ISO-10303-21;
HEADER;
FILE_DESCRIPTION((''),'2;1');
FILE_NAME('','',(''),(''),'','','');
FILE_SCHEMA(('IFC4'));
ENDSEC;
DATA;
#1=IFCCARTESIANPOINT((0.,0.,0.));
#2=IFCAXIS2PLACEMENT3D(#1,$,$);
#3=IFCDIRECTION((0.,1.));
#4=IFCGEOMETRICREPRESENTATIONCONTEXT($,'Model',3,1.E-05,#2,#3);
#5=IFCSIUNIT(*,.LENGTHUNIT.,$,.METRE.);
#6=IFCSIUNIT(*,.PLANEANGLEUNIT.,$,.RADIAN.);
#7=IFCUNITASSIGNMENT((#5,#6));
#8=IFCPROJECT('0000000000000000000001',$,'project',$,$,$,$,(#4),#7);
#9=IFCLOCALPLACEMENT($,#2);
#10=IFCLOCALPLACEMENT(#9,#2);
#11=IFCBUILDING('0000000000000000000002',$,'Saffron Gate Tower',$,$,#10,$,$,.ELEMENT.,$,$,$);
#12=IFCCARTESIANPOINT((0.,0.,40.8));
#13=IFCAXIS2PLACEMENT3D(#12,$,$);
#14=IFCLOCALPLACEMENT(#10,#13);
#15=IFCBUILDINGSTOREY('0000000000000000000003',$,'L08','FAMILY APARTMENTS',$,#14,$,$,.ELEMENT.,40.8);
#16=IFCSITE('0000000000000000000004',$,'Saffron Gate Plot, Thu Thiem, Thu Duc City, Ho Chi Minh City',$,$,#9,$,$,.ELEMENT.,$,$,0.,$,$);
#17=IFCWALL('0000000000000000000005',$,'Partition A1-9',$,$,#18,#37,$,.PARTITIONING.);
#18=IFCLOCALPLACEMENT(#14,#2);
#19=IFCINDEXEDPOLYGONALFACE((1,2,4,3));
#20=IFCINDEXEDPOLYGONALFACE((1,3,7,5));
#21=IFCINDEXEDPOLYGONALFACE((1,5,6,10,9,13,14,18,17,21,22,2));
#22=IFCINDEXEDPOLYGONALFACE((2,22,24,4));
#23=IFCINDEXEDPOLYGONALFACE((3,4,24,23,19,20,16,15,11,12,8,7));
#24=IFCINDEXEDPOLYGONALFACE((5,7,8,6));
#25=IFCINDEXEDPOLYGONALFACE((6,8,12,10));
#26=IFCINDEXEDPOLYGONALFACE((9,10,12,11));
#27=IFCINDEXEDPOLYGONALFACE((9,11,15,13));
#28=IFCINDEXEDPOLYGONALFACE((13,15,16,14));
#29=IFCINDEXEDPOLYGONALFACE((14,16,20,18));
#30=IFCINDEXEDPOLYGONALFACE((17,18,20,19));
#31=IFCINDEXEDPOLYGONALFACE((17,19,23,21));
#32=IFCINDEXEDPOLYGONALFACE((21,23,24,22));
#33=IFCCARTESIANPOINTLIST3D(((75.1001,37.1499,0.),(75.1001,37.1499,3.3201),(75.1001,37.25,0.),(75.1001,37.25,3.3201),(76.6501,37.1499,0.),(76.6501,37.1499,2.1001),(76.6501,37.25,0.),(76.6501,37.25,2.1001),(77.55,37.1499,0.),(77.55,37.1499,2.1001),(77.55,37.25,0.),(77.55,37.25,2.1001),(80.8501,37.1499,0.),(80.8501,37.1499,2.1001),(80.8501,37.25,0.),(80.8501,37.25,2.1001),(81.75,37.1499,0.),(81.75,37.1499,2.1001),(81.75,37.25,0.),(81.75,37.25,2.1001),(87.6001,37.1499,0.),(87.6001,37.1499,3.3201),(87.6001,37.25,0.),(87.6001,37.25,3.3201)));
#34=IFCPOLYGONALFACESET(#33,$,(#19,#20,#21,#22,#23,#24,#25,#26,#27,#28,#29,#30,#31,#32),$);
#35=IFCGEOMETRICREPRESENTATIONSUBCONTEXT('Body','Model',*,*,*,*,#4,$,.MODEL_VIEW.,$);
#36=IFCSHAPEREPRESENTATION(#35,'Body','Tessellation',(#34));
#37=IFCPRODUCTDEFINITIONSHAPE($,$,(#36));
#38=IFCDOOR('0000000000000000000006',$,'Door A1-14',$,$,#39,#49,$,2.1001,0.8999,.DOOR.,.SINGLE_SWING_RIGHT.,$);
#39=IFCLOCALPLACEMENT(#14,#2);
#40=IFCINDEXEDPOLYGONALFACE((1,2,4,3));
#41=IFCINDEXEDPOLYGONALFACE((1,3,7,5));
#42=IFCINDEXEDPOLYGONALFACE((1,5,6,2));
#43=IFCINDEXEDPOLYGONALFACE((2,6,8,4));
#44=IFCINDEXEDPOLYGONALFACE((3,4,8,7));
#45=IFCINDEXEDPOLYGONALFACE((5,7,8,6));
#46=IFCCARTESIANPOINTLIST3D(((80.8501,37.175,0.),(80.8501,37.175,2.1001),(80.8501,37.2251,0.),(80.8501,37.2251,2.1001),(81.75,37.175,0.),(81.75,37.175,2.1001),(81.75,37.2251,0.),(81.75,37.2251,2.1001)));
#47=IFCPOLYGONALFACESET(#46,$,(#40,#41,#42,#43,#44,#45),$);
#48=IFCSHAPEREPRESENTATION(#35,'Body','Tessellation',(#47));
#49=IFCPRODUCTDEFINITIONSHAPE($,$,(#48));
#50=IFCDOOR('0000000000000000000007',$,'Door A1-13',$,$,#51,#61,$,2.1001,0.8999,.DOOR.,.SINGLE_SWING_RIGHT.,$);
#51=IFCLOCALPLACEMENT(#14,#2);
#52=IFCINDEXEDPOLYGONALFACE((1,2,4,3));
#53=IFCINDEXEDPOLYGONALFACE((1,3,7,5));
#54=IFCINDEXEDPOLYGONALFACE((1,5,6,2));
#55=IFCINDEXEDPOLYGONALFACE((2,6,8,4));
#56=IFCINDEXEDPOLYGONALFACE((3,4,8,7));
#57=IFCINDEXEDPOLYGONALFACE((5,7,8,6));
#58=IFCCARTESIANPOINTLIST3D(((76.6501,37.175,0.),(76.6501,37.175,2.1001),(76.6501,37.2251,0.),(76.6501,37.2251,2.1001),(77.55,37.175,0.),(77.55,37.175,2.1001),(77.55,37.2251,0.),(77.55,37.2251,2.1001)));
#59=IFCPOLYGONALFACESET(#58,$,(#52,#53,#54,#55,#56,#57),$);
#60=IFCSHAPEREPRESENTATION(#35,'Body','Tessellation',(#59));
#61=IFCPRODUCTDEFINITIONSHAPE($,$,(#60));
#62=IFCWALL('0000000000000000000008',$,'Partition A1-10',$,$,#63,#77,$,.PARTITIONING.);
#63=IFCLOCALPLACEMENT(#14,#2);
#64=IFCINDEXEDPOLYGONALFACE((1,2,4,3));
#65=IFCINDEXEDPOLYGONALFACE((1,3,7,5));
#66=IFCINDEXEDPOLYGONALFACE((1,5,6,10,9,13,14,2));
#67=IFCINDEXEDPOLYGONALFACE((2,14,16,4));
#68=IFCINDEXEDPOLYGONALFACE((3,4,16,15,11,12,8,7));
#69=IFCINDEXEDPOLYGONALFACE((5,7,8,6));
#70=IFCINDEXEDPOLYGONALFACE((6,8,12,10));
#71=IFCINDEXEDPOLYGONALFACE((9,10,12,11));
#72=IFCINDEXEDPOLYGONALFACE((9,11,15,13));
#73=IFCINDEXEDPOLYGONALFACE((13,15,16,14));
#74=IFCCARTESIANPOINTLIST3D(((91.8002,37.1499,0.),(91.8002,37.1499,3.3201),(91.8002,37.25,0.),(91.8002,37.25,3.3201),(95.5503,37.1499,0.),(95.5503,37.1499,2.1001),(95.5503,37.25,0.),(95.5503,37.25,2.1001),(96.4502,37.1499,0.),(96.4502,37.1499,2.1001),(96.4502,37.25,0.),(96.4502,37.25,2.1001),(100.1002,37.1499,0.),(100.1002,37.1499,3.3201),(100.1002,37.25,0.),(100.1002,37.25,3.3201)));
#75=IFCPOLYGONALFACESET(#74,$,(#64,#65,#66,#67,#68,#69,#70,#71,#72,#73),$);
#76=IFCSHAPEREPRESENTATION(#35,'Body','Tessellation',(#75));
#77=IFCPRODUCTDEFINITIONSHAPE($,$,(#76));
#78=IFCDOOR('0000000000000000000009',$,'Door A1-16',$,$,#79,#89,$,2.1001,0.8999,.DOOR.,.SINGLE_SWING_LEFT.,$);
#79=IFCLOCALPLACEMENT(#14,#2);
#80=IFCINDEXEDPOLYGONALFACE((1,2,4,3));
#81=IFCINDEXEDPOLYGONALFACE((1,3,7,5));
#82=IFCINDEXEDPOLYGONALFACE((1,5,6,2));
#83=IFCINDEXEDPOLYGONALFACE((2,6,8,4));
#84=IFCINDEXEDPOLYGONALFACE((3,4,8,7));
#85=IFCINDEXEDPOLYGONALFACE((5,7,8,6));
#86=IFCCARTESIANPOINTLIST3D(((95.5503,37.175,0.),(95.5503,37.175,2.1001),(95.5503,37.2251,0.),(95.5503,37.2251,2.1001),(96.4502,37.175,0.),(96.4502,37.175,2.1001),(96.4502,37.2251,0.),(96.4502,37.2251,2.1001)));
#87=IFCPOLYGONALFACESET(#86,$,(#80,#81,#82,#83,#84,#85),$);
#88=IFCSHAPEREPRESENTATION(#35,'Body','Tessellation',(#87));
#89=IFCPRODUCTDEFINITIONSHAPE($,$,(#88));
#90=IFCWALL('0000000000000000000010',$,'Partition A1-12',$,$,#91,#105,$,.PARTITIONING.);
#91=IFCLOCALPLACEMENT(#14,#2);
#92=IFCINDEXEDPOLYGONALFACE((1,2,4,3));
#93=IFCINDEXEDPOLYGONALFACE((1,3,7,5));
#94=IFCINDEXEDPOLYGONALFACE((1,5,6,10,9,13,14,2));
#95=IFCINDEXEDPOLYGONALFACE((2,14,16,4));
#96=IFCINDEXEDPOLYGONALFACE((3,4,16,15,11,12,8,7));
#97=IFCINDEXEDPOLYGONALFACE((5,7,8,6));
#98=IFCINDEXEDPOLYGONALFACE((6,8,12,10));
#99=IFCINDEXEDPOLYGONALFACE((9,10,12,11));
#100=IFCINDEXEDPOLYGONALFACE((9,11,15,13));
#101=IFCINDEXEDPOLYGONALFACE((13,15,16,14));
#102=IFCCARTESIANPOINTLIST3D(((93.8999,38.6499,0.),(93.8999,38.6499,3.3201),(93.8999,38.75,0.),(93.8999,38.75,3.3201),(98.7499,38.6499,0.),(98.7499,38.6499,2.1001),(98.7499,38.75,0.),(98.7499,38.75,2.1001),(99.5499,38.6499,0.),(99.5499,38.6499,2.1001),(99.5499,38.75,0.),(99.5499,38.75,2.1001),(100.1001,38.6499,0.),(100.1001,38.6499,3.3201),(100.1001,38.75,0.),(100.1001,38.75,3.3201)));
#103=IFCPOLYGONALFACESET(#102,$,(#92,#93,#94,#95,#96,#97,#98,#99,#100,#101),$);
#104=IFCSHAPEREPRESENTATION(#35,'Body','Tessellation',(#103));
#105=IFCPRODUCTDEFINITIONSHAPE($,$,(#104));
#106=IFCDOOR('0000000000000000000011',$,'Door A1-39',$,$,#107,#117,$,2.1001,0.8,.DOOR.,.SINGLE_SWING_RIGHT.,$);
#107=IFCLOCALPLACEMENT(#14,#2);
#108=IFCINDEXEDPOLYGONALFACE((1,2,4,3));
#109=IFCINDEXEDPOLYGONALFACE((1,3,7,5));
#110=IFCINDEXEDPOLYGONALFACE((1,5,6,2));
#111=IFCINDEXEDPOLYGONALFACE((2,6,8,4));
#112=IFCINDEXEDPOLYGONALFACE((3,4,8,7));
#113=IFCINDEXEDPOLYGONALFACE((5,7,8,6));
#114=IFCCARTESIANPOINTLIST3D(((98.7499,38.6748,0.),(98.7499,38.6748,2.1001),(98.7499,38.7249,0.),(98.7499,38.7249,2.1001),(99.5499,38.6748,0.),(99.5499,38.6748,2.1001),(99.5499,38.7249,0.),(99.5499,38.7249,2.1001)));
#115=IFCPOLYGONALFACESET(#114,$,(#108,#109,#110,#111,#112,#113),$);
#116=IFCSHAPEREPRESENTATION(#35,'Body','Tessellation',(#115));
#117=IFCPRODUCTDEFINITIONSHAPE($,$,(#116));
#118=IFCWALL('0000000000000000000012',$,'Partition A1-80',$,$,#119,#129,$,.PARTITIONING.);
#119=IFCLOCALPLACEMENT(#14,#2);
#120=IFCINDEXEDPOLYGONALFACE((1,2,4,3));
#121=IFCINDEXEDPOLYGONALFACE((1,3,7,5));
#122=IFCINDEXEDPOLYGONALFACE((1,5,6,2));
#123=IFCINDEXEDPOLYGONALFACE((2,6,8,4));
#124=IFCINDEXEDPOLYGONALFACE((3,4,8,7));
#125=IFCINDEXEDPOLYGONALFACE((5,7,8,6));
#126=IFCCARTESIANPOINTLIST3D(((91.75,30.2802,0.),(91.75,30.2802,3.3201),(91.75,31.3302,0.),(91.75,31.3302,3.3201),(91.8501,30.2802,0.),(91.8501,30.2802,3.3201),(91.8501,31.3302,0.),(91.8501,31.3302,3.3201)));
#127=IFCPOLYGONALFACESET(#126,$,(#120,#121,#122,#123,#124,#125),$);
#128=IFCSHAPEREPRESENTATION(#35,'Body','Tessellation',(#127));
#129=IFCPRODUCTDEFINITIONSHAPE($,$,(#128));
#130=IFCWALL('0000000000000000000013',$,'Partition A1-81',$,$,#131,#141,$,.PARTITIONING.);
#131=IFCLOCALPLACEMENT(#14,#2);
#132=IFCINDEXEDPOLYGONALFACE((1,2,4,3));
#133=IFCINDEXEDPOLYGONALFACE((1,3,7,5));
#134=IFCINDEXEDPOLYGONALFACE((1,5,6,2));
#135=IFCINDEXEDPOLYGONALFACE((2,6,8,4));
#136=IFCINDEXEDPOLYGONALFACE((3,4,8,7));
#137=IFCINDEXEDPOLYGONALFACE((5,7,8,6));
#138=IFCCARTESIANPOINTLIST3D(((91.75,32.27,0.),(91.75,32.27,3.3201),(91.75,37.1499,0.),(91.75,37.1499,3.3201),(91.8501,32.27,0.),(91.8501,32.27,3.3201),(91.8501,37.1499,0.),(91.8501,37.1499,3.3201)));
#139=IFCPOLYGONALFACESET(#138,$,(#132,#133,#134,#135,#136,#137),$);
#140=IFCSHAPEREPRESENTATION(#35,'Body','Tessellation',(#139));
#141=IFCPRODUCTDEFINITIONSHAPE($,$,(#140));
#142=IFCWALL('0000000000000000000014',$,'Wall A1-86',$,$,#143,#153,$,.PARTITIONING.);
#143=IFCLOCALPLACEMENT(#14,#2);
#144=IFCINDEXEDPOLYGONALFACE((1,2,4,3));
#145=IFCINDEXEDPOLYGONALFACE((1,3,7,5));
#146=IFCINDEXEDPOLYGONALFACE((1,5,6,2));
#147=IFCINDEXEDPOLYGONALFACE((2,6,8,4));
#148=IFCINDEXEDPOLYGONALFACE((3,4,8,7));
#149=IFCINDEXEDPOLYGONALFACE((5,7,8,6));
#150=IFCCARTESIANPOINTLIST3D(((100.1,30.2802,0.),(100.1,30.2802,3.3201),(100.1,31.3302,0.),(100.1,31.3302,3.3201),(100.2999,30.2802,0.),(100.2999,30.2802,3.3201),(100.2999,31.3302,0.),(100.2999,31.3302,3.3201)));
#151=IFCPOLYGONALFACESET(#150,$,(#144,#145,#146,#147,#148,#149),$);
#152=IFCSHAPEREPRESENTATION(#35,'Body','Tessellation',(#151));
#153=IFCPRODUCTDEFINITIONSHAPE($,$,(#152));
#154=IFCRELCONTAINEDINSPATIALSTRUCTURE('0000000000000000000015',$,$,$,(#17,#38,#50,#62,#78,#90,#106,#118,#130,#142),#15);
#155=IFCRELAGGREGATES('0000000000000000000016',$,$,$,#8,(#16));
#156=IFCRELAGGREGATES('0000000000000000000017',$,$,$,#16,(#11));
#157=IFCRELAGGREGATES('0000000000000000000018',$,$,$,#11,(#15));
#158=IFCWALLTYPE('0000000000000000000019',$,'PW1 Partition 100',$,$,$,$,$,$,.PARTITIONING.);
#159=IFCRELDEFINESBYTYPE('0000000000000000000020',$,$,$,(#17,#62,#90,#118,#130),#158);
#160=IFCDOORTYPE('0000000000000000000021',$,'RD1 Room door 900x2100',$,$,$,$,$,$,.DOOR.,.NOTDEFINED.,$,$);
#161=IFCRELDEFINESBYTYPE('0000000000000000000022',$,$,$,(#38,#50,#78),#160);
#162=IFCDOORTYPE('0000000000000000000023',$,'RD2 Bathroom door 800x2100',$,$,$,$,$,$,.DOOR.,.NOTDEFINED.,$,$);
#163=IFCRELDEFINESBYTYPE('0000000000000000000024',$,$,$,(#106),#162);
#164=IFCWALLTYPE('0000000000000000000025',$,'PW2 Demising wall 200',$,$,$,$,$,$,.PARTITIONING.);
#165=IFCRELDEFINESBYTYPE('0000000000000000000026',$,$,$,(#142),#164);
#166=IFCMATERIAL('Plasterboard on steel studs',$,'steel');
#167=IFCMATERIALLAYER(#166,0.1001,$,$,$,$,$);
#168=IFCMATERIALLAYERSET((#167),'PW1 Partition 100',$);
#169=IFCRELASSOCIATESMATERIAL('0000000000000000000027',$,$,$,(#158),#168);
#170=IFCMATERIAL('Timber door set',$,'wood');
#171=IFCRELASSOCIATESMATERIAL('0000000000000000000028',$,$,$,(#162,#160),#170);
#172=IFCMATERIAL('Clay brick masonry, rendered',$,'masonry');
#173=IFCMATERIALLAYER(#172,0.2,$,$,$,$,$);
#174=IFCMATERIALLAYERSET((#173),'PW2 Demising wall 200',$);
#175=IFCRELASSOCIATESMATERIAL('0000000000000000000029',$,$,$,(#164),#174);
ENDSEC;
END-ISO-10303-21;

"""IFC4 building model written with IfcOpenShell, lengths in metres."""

from ifc_helpers import new_model, si_unit, direction, frame, frame_2d, origin, place, context, subcontext, project, spatial, rectangle, extrude, material, layer, layer_set, type_object, element, fill, save


model = new_model("IFC4")

# Units and contexts
model_context = context("Model", 3, precision=1e-05, world=origin(), true_north=direction((0.0, 1.0)))
body_context = subcontext(model_context, "Body", "Model", "MODEL_VIEW")
ifc_project = project(units=[si_unit("LENGTHUNIT", "METRE"), si_unit("PLANEANGLEUNIT", "RADIAN")], contexts=[model_context])

# Site, building, storey
site_placement = place(None, origin())
site = spatial("IfcSite", under=ifc_project, at=site_placement, Name="Saffron Gate Plot, Thu Thiem, Thu Duc City, Ho Chi Minh City", CompositionType="ELEMENT", RefElevation=0.0)
building_placement = place(site_placement, origin())
building = spatial("IfcBuilding", under=site, at=building_placement, Name="Saffron Gate Tower", CompositionType="ELEMENT")
storey_placement = place(building_placement, frame((0.0, 0.0, 40.8)))
storey = spatial("IfcBuildingStorey", under=building, at=storey_placement, Name="L08", Description="FAMILY APARTMENTS", CompositionType="ELEMENT", Elevation=40.8)

# Wall, openings, doors
ifc_material_1 = material(Name="Plasterboard on steel studs", Category="steel")
ifc_layer_1 = layer(ifc_material_1, 0.1001)
ifc_layer_set_1 = layer_set([ifc_layer_1], Name="PW1 Partition 100")
wall_type_1 = type_object("IfcWallType", Name="PW1 Partition 100", PredefinedType="PARTITIONING", material=ifc_layer_set_1)
ifc_material_2 = material(Name="Timber door set", Category="wood")
door_type_1 = type_object("IfcDoorType", Name="RD2 Bathroom door 800x2100", OperationType="NOTDEFINED", PredefinedType="DOOR", material=ifc_material_2)
wall_1_placement = place(storey_placement, frame((87.6001, 37.2, 0.0), z_axis=(0.0, 0.0, 1.0), x_axis=(-1.0, 0.0, 0.0)))
wall_1 = element("IfcWall", 1, at=wall_1_placement, inside=storey, type_object=wall_type_1, Name="Partition A1-9", PredefinedType="PARTITIONING", context=body_context, shape_type="SweptSolid", body=[
    extrude(rectangle(XDim=12.5, YDim=0.1001, at=frame_2d((6.25, 0.0))), origin(), (0.0, 0.0, 1.0), 3.3201),
])
opening_1_placement = place(wall_1_placement, frame((5.8501, 0.0, 0.0)))
opening_1 = element("IfcOpeningElement", 2, at=opening_1_placement, cuts=wall_1, PredefinedType="OPENING", context=body_context, shape_type="SweptSolid", body=[
    extrude(rectangle(XDim=0.8999, YDim=2.1001, at=frame_2d((0.45, 1.05))), frame((0.0, 0.0601, 0.0), z_axis=(0.0, -1.0, 0.0), x_axis=(1.0, 0.0, 0.0)), (0.0, 0.0, 1.0), 0.1201),
])
opening_2_placement = place(wall_1_placement, frame((10.05, 0.0, 0.0)))
opening_2 = element("IfcOpeningElement", 3, at=opening_2_placement, cuts=wall_1, PredefinedType="OPENING", context=body_context, shape_type="SweptSolid", body=[
    extrude(rectangle(XDim=0.8999, YDim=2.1001, at=frame_2d((0.45, 1.05))), frame((0.0, 0.0601, 0.0), z_axis=(0.0, -1.0, 0.0), x_axis=(1.0, 0.0, 0.0)), (0.0, 0.0, 1.0), 0.1201),
])
door_type_2 = type_object("IfcDoorType", Name="RD1 Room door 900x2100", OperationType="NOTDEFINED", PredefinedType="DOOR", material=ifc_material_2)
door_1_placement = place(opening_1_placement, origin())
door_1 = element("IfcDoor", 4, at=door_1_placement, inside=storey, type_object=door_type_2, Name="Door A1-14", OperationType="SINGLE_SWING_RIGHT", OverallHeight=2.1001, OverallWidth=0.8999, PredefinedType="DOOR", context=body_context, shape_type="SweptSolid", body=[
    extrude(rectangle(XDim=0.8999, YDim=2.1001, at=frame_2d((0.45, 1.05))), frame((0.0, 0.0249, 0.0), z_axis=(0.0, -1.0, 0.0), x_axis=(1.0, 0.0, 0.0)), (0.0, 0.0, 1.0), 0.05),
])
fill(opening_1, door_1)
door_2_placement = place(opening_2_placement, origin())
door_2 = element("IfcDoor", 5, at=door_2_placement, inside=storey, type_object=door_type_2, Name="Door A1-13", OperationType="SINGLE_SWING_RIGHT", OverallHeight=2.1001, OverallWidth=0.8999, PredefinedType="DOOR", context=body_context, shape_type="SweptSolid", body=[
    extrude(rectangle(XDim=0.8999, YDim=2.1001, at=frame_2d((0.45, 1.05))), frame((0.0, 0.0249, 0.0), z_axis=(0.0, -1.0, 0.0), x_axis=(1.0, 0.0, 0.0)), (0.0, 0.0, 1.0), 0.05),
])
fill(opening_2, door_2)

# Walls, openings, doors
wall_2_placement = place(storey_placement, frame((100.1001, 37.2, 0.0), z_axis=(0.0, 0.0, 1.0), x_axis=(-1.0, 0.0, 0.0)))
wall_2 = element("IfcWall", 6, at=wall_2_placement, inside=storey, type_object=wall_type_1, Name="Partition A1-10", PredefinedType="PARTITIONING", context=body_context, shape_type="SweptSolid", body=[
    extrude(rectangle(XDim=8.3, YDim=0.1001, at=frame_2d((4.1499, 0.0))), origin(), (0.0, 0.0, 1.0), 3.3201),
])
opening_3_placement = place(wall_2_placement, frame((3.6499, 0.0, 0.0)))
opening_3 = element("IfcOpeningElement", 7, at=opening_3_placement, cuts=wall_2, PredefinedType="OPENING", context=body_context, shape_type="SweptSolid", body=[
    extrude(rectangle(XDim=0.8999, YDim=2.1001, at=frame_2d((0.45, 1.05))), frame((0.0, 0.0601, 0.0), z_axis=(0.0, -1.0, 0.0), x_axis=(1.0, 0.0, 0.0)), (0.0, 0.0, 1.0), 0.1201),
])
door_3_placement = place(opening_3_placement, origin())
door_3 = element("IfcDoor", 8, at=door_3_placement, inside=storey, type_object=door_type_2, Name="Door A1-16", OperationType="SINGLE_SWING_LEFT", OverallHeight=2.1001, OverallWidth=0.8999, PredefinedType="DOOR", context=body_context, shape_type="SweptSolid", body=[
    extrude(rectangle(XDim=0.8999, YDim=2.1001, at=frame_2d((0.45, 1.05))), frame((0.0, 0.0249, 0.0), z_axis=(0.0, -1.0, 0.0), x_axis=(1.0, 0.0, 0.0)), (0.0, 0.0, 1.0), 0.05),
])
fill(opening_3, door_3)
wall_3_placement = place(storey_placement, frame((93.8999, 38.7, 0.0), z_axis=(0.0, 0.0, 1.0), x_axis=(1.0, 0.0, 0.0)))
wall_3 = element("IfcWall", 9, at=wall_3_placement, inside=storey, type_object=wall_type_1, Name="Partition A1-12", PredefinedType="PARTITIONING", context=body_context, shape_type="SweptSolid", body=[
    extrude(rectangle(XDim=6.2002, YDim=0.1001, at=frame_2d((3.1001, 0.0))), origin(), (0.0, 0.0, 1.0), 3.3201),
])
opening_4_placement = place(wall_3_placement, frame((4.8501, 0.0, 0.0)))
opening_4 = element("IfcOpeningElement", 10, at=opening_4_placement, cuts=wall_3, PredefinedType="OPENING", context=body_context, shape_type="SweptSolid", body=[
    extrude(rectangle(XDim=0.8, YDim=2.1001, at=frame_2d((0.3999, 1.05))), frame((0.0, 0.0601, 0.0), z_axis=(0.0, -1.0, 0.0), x_axis=(1.0, 0.0, 0.0)), (0.0, 0.0, 1.0), 0.1201),
])
door_4_placement = place(opening_4_placement, origin())
door_4 = element("IfcDoor", 11, at=door_4_placement, inside=storey, type_object=door_type_1, Name="Door A1-39", OperationType="SINGLE_SWING_RIGHT", OverallHeight=2.1001, OverallWidth=0.8, PredefinedType="DOOR", context=body_context, shape_type="SweptSolid", body=[
    extrude(rectangle(XDim=0.8, YDim=2.1001, at=frame_2d((0.3999, 1.05))), frame((0.0, 0.0249, 0.0), z_axis=(0.0, -1.0, 0.0), x_axis=(1.0, 0.0, 0.0)), (0.0, 0.0, 1.0), 0.05),
])
fill(opening_4, door_4)

# Walls
wall_4_placement = place(storey_placement, frame((91.8, 31.3301, 0.0), z_axis=(0.0, 0.0, 1.0), x_axis=(0.0, -1.0, 0.0)))
element("IfcWall", 12, at=wall_4_placement, inside=storey, type_object=wall_type_1, Name="Partition A1-80", PredefinedType="PARTITIONING", context=body_context, shape_type="SweptSolid", body=[
    extrude(rectangle(XDim=1.05, YDim=0.1001, at=frame_2d((0.5249, 0.0))), origin(), (0.0, 0.0, 1.0), 3.3201),
])
wall_5_placement = place(storey_placement, frame((91.8, 37.1499, 0.0), z_axis=(0.0, 0.0, 1.0), x_axis=(0.0, -1.0, 0.0)))
element("IfcWall", 13, at=wall_5_placement, inside=storey, type_object=wall_type_1, Name="Partition A1-81", PredefinedType="PARTITIONING", context=body_context, shape_type="SweptSolid", body=[
    extrude(rectangle(XDim=4.8799, YDim=0.1001, at=frame_2d((2.4399, 0.0))), origin(), (0.0, 0.0, 1.0), 3.3201),
])
ifc_material_3 = material(Name="Clay brick masonry, rendered", Category="masonry")
ifc_layer_2 = layer(ifc_material_3, 0.2)
ifc_layer_set_2 = layer_set([ifc_layer_2], Name="PW2 Demising wall 200")
wall_type_2 = type_object("IfcWallType", Name="PW2 Demising wall 200", PredefinedType="PARTITIONING", material=ifc_layer_set_2)
wall_6_placement = place(storey_placement, frame((100.2, 31.3301, 0.0), z_axis=(0.0, 0.0, 1.0), x_axis=(0.0, -1.0, 0.0)))
element("IfcWall", 14, at=wall_6_placement, inside=storey, type_object=wall_type_2, Name="Wall A1-86", PredefinedType="PARTITIONING", context=body_context, shape_type="SweptSolid", body=[
    extrude(rectangle(XDim=1.05, YDim=0.2, at=frame_2d((0.5249, 0.0))), origin(), (0.0, 0.0, 1.0), 3.3201),
])

save(model, "model.ifc")
